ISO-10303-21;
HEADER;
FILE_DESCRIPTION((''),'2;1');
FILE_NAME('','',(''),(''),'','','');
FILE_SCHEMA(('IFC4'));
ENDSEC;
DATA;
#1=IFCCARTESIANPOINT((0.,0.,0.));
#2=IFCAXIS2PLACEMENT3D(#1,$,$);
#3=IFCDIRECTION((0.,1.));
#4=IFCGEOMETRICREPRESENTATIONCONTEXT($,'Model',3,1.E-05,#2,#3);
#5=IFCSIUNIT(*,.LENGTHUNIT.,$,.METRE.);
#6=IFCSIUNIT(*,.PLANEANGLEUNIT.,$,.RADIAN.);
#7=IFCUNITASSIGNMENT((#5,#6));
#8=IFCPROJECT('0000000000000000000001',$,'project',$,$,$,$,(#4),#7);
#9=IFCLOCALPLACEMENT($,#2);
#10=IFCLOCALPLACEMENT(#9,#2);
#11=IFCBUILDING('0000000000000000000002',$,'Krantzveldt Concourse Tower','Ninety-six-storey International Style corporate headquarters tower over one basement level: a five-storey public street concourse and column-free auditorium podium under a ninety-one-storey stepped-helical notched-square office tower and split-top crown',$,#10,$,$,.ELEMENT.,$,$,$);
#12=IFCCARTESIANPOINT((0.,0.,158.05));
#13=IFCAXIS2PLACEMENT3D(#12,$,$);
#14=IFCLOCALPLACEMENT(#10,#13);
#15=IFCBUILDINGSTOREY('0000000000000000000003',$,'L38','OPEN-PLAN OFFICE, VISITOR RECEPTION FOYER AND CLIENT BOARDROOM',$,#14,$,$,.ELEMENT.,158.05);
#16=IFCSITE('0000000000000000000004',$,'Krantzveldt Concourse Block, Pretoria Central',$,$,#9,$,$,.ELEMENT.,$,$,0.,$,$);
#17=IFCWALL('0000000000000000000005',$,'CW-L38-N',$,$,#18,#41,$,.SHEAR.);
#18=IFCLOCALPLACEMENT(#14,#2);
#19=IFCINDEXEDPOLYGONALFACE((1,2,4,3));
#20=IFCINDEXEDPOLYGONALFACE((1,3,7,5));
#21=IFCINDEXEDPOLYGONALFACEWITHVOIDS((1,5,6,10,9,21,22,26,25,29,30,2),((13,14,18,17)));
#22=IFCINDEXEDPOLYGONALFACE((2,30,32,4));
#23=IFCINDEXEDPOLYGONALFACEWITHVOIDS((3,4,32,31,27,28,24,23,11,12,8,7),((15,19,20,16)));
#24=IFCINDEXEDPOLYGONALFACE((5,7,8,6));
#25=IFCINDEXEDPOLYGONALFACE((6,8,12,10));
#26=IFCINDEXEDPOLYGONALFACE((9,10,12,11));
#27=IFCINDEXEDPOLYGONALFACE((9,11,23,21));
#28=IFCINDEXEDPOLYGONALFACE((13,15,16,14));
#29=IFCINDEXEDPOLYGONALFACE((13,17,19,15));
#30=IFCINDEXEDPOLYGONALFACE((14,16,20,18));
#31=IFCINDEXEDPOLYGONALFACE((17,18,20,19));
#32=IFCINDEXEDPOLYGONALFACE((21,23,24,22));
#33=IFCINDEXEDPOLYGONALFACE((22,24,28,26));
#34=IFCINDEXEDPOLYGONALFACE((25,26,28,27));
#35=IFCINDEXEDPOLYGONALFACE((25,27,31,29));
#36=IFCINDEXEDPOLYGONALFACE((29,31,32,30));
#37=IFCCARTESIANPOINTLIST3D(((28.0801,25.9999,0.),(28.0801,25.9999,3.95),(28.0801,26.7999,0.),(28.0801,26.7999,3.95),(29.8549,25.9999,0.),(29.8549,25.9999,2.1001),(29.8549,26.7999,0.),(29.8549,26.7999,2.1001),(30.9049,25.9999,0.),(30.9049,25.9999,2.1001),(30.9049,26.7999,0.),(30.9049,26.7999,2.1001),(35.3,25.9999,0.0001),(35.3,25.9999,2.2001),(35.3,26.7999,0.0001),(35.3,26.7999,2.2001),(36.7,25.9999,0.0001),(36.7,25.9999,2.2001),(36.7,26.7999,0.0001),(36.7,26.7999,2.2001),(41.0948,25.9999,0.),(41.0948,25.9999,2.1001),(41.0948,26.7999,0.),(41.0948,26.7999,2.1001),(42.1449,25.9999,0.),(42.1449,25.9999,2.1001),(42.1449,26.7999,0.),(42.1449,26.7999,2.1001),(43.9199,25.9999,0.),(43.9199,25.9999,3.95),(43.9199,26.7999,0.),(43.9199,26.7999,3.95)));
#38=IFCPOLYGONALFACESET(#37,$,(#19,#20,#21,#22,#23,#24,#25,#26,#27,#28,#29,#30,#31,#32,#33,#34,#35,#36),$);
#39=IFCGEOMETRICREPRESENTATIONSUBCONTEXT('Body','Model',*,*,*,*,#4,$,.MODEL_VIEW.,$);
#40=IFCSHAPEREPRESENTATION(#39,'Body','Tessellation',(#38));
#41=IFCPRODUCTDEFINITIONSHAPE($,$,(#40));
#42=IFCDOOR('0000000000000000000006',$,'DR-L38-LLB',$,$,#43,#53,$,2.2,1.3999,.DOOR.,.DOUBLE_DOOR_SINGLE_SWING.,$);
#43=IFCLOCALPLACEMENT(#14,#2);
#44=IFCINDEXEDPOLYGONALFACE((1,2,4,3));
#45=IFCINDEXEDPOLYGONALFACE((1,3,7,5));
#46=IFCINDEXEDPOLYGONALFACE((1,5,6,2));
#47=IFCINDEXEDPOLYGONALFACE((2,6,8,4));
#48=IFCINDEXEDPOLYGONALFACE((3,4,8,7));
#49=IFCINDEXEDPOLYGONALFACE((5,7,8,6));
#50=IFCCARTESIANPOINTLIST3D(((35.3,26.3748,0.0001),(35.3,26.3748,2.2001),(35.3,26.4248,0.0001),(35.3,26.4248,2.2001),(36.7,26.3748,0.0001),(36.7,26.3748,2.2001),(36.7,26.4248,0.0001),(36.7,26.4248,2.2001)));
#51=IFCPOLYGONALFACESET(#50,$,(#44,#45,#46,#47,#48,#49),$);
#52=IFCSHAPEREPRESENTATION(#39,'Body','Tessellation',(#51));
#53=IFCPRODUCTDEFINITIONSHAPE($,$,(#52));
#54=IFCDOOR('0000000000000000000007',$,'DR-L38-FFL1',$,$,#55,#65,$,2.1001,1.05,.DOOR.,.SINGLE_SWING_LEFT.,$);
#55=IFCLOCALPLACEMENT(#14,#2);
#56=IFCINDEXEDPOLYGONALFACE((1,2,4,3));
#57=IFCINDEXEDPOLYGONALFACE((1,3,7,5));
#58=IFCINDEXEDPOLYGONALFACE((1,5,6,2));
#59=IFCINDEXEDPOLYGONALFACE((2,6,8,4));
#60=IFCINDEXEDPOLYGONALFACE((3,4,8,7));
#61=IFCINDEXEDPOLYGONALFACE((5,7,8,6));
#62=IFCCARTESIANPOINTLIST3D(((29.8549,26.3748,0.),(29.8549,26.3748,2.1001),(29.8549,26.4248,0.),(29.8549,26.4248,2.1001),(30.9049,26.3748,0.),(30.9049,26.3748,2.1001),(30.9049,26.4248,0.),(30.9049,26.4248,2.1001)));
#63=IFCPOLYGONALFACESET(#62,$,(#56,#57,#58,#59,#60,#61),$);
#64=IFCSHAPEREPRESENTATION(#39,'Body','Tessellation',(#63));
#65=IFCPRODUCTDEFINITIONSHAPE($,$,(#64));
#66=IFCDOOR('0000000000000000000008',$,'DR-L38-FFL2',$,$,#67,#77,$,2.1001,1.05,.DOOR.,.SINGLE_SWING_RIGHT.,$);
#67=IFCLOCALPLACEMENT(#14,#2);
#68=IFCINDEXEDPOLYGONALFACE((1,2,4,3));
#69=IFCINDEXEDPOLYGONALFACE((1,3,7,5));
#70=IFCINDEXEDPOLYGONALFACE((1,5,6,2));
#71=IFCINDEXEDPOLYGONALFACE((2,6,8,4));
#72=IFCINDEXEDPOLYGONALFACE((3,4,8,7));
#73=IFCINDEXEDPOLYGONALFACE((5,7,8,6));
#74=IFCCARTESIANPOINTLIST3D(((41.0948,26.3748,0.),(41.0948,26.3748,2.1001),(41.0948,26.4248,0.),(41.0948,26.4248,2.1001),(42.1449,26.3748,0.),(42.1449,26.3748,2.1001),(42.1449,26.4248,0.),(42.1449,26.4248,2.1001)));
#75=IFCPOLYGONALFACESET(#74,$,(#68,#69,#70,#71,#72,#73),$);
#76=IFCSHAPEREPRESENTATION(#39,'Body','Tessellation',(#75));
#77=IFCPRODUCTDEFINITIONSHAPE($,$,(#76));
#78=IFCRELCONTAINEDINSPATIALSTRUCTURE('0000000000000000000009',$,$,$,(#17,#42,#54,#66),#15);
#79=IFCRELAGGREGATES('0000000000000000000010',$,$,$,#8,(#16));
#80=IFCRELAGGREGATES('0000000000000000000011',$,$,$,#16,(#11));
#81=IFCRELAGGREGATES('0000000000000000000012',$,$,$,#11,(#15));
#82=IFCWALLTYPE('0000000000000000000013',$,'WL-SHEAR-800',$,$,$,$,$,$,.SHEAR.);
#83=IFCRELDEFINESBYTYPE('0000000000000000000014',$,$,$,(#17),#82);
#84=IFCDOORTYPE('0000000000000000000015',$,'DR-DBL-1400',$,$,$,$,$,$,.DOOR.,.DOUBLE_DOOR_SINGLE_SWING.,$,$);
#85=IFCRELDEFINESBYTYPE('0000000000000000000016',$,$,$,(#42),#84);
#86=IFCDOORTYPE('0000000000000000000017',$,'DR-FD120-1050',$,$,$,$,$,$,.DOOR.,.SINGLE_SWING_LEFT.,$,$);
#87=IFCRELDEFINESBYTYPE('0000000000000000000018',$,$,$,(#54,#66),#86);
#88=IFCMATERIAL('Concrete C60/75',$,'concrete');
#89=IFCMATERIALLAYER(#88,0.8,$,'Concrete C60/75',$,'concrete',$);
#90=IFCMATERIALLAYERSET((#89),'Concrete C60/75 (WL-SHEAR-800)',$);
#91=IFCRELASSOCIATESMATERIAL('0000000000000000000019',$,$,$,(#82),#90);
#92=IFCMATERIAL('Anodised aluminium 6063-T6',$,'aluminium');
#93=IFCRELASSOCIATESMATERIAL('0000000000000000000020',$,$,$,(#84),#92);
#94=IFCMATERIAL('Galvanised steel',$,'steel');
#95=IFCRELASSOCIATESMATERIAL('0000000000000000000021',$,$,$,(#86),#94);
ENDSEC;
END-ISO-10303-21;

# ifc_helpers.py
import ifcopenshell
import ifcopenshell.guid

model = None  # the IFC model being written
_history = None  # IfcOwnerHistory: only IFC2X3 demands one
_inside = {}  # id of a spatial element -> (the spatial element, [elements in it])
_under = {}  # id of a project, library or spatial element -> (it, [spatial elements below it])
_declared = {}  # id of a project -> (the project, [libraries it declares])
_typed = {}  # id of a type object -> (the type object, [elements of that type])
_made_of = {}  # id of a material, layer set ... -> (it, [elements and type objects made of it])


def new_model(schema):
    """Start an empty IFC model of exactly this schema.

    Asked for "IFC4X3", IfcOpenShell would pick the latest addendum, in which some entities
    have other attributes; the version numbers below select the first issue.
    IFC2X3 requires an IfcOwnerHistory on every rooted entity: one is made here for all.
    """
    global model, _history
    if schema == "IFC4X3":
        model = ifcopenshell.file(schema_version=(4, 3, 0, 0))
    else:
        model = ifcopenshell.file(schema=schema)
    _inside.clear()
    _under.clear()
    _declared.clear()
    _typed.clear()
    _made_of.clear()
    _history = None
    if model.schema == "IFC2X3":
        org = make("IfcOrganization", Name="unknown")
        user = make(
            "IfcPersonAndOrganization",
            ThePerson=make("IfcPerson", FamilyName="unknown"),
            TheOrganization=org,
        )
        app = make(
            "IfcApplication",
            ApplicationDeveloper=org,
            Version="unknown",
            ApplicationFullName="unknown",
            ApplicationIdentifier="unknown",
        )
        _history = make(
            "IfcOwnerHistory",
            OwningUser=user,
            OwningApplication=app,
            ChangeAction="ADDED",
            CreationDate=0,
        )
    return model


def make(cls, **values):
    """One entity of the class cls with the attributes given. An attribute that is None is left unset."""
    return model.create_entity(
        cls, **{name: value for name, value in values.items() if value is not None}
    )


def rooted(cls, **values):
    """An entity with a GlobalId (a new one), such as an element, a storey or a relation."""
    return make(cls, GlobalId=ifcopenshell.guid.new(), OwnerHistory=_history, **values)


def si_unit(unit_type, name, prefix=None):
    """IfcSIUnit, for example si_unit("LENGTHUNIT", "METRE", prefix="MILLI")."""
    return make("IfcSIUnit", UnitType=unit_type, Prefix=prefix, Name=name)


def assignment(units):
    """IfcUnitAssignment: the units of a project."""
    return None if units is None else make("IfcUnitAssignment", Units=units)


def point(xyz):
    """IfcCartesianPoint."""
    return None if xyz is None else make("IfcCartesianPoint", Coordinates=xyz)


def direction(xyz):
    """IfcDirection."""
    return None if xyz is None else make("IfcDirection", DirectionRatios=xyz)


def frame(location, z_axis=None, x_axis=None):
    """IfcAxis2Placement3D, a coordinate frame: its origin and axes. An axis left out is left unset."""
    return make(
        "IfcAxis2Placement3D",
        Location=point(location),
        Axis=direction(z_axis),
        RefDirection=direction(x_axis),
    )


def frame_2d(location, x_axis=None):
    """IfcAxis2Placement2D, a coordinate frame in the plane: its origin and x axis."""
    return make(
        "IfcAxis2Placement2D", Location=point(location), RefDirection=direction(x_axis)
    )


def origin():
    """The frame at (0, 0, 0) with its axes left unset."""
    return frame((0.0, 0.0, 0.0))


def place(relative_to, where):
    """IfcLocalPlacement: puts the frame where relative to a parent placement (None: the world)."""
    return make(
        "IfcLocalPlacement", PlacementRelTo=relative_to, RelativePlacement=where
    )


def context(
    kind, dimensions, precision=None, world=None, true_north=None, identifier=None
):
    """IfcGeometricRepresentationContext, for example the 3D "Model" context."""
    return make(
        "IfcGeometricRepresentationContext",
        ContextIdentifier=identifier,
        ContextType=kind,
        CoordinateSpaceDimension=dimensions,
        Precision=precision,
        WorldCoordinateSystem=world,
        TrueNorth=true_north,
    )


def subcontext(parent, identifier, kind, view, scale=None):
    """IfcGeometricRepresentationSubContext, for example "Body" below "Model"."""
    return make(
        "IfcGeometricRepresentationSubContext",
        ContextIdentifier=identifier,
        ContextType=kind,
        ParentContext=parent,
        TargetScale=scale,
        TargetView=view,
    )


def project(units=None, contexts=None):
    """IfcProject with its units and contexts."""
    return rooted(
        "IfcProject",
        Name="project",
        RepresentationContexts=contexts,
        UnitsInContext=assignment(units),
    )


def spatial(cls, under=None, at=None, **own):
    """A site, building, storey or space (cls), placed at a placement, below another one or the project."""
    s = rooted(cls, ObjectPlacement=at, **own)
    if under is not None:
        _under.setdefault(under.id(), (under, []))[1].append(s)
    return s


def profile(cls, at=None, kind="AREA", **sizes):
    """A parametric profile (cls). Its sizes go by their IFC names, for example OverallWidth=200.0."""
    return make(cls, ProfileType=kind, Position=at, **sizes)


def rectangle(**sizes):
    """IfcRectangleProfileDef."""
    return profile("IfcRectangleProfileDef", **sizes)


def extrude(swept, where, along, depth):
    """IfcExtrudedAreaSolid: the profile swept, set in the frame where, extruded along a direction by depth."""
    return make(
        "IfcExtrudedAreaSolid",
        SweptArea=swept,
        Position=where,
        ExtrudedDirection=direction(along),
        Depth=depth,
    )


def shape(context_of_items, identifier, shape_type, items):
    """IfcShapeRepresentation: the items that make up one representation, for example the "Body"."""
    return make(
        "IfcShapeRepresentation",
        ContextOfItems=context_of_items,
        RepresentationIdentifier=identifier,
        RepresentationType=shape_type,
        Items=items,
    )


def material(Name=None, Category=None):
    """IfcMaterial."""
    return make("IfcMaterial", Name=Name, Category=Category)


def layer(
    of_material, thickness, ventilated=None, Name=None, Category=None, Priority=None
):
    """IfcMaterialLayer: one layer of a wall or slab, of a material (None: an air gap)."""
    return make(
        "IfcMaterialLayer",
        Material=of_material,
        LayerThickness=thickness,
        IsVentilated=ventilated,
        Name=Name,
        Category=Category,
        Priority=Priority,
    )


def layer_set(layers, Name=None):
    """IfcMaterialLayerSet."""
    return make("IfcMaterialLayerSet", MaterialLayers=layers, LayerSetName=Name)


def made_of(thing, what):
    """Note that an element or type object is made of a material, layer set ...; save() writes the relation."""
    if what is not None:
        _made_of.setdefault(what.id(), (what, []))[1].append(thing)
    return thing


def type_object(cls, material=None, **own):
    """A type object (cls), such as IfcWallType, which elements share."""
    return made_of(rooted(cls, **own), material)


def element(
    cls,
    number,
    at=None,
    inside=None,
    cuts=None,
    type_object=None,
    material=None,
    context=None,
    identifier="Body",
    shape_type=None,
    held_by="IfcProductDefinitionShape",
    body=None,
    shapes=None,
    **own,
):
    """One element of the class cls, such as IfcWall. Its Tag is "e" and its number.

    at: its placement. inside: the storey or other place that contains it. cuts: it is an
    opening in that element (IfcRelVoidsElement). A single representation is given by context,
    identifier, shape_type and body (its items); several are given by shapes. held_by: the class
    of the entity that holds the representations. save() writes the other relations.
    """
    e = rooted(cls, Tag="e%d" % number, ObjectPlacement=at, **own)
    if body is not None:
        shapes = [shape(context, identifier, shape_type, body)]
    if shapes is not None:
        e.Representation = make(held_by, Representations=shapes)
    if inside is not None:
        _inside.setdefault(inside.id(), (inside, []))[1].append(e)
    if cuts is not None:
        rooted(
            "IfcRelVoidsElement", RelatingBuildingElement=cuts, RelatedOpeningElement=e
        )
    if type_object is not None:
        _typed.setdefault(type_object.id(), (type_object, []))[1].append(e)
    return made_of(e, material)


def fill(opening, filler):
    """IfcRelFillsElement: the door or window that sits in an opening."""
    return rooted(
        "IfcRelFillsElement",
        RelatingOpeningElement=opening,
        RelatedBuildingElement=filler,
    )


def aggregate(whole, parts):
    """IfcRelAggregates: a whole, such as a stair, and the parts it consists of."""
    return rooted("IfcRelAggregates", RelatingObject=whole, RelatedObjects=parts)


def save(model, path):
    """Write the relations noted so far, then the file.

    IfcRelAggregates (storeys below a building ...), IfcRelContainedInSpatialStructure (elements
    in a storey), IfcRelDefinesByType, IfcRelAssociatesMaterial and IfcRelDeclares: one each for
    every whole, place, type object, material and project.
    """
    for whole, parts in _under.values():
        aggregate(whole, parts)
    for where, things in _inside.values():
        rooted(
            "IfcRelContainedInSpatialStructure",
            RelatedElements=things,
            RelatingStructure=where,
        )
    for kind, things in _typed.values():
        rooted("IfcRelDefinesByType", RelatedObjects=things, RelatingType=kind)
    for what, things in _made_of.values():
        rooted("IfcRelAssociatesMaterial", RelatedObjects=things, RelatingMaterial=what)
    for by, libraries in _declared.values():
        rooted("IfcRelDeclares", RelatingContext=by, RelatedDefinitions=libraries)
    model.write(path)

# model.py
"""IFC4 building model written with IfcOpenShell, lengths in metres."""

from ifc_helpers import new_model, si_unit, direction, frame, frame_2d, origin, place, context, subcontext, project, spatial, rectangle, extrude, material, layer, layer_set, type_object, element, fill, save


model = new_model("IFC4")

# Units and contexts
model_context = context("Model", 3, precision=1e-05, world=origin(), true_north=direction((0.0, 1.0)))
body_context = subcontext(model_context, "Body", "Model", "MODEL_VIEW")
ifc_project = project(units=[si_unit("LENGTHUNIT", "METRE"), si_unit("PLANEANGLEUNIT", "RADIAN")], contexts=[model_context])

# Site, building, storey
site_placement = place(None, origin())
site = spatial("IfcSite", under=ifc_project, at=site_placement, Name="Krantzveldt Concourse Block, Pretoria Central", CompositionType="ELEMENT", RefElevation=0.0)
building_placement = place(site_placement, origin())
building = spatial("IfcBuilding", under=site, at=building_placement, Name="Krantzveldt Concourse Tower", Description="Ninety-six-storey International Style corporate headquarters tower over one basement level: a five-storey public street concourse and column-free auditorium podium under a ninety-one-storey stepped-helical notched-square office tower and split-top crown", CompositionType="ELEMENT")
storey_placement = place(building_placement, frame((0.0, 0.0, 158.05)))
storey = spatial("IfcBuildingStorey", under=building, at=storey_placement, Name="L38", Description="OPEN-PLAN OFFICE, VISITOR RECEPTION FOYER AND CLIENT BOARDROOM", CompositionType="ELEMENT", Elevation=158.05)

# Wall, openings, doors
ifc_material_1 = material(Name="Concrete C60/75", Category="concrete")
ifc_layer_1 = layer(ifc_material_1, 0.8, Name="Concrete C60/75", Category="concrete")
ifc_layer_set_1 = layer_set([ifc_layer_1], Name="Concrete C60/75 (WL-SHEAR-800)")
wall_type_1 = type_object("IfcWallType", Name="WL-SHEAR-800", PredefinedType="SHEAR", material=ifc_layer_set_1)
wall_1_placement = place(storey_placement, frame((28.0801, 26.3999, 0.0), z_axis=(0.0, 0.0, 1.0), x_axis=(1.0, 0.0, 0.0)))
wall_1 = element("IfcWall", 1, at=wall_1_placement, inside=storey, type_object=wall_type_1, Name="CW-L38-N", PredefinedType="SHEAR", context=body_context, shape_type="SweptSolid", body=[
    extrude(rectangle(XDim=15.8398, YDim=0.8, at=frame_2d((7.9199, 0.0))), origin(), (0.0, 0.0, 1.0), 3.95),
])
opening_1_placement = place(wall_1_placement, frame((7.22, 0.0, 0.0)))
opening_1 = element("IfcOpeningElement", 2, at=opening_1_placement, cuts=wall_1, PredefinedType="OPENING", context=body_context, shape_type="SweptSolid", body=[
    extrude(rectangle(XDim=1.3999, YDim=2.2, at=frame_2d((0.7, 1.1001))), frame((0.0, 0.4102, 0.0), z_axis=(0.0, -1.0, 0.0), x_axis=(1.0, 0.0, 0.0)), (0.0, 0.0, 1.0), 0.8201),
])
opening_2_placement = place(wall_1_placement, frame((1.7749, 0.0, 0.0)))
opening_2 = element("IfcOpeningElement", 3, at=opening_2_placement, cuts=wall_1, PredefinedType="OPENING", context=body_context, shape_type="SweptSolid", body=[
    extrude(rectangle(XDim=1.05, YDim=2.1001, at=frame_2d((0.5249, 1.05))), frame((0.0, 0.4102, 0.0), z_axis=(0.0, -1.0, 0.0), x_axis=(1.0, 0.0, 0.0)), (0.0, 0.0, 1.0), 0.8201),
])
opening_3_placement = place(wall_1_placement, frame((13.0149, 0.0, 0.0)))
opening_3 = element("IfcOpeningElement", 4, at=opening_3_placement, cuts=wall_1, PredefinedType="OPENING", context=body_context, shape_type="SweptSolid", body=[
    extrude(rectangle(XDim=1.05, YDim=2.1001, at=frame_2d((0.5249, 1.05))), frame((0.0, 0.4102, 0.0), z_axis=(0.0, -1.0, 0.0), x_axis=(1.0, 0.0, 0.0)), (0.0, 0.0, 1.0), 0.8201),
])
ifc_material_2 = material(Name="Anodised aluminium 6063-T6", Category="aluminium")
door_type_1 = type_object("IfcDoorType", Name="DR-DBL-1400", OperationType="DOUBLE_DOOR_SINGLE_SWING", PredefinedType="DOOR", material=ifc_material_2)
door_1_placement = place(opening_1_placement, origin())
door_1 = element("IfcDoor", 5, at=door_1_placement, inside=storey, type_object=door_type_1, Name="DR-L38-LLB", OperationType="DOUBLE_DOOR_SINGLE_SWING", OverallHeight=2.2, OverallWidth=1.3999, PredefinedType="DOOR", context=body_context, shape_type="SweptSolid", body=[
    extrude(rectangle(XDim=1.3999, YDim=2.2, at=frame_2d((0.7, 1.1001))), frame((0.0, 0.0249, 0.0), z_axis=(0.0, -1.0, 0.0), x_axis=(1.0, 0.0, 0.0)), (0.0, 0.0, 1.0), 0.05),
])
fill(opening_1, door_1)
ifc_material_3 = material(Name="Galvanised steel", Category="steel")
door_type_2 = type_object("IfcDoorType", Name="DR-FD120-1050", OperationType="SINGLE_SWING_LEFT", PredefinedType="DOOR", material=ifc_material_3)
door_2_placement = place(opening_2_placement, origin())
door_2 = element("IfcDoor", 6, at=door_2_placement, inside=storey, type_object=door_type_2, Name="DR-L38-FFL1", OperationType="SINGLE_SWING_LEFT", OverallHeight=2.1001, OverallWidth=1.05, PredefinedType="DOOR", context=body_context, shape_type="SweptSolid", body=[
    extrude(rectangle(XDim=1.05, YDim=2.1001, at=frame_2d((0.5249, 1.05))), frame((0.0, 0.0249, 0.0), z_axis=(0.0, -1.0, 0.0), x_axis=(1.0, 0.0, 0.0)), (0.0, 0.0, 1.0), 0.05),
])
fill(opening_2, door_2)
door_3_placement = place(opening_3_placement, origin())
door_3 = element("IfcDoor", 7, at=door_3_placement, inside=storey, type_object=door_type_2, Name="DR-L38-FFL2", OperationType="SINGLE_SWING_RIGHT", OverallHeight=2.1001, OverallWidth=1.05, PredefinedType="DOOR", context=body_context, shape_type="SweptSolid", body=[
    extrude(rectangle(XDim=1.05, YDim=2.1001, at=frame_2d((0.5249, 1.05))), frame((0.0, 0.0249, 0.0), z_axis=(0.0, -1.0, 0.0), x_axis=(1.0, 0.0, 0.0)), (0.0, 0.0, 1.0), 0.05),
])
fill(opening_3, door_3)

save(model, "model.ifc")
